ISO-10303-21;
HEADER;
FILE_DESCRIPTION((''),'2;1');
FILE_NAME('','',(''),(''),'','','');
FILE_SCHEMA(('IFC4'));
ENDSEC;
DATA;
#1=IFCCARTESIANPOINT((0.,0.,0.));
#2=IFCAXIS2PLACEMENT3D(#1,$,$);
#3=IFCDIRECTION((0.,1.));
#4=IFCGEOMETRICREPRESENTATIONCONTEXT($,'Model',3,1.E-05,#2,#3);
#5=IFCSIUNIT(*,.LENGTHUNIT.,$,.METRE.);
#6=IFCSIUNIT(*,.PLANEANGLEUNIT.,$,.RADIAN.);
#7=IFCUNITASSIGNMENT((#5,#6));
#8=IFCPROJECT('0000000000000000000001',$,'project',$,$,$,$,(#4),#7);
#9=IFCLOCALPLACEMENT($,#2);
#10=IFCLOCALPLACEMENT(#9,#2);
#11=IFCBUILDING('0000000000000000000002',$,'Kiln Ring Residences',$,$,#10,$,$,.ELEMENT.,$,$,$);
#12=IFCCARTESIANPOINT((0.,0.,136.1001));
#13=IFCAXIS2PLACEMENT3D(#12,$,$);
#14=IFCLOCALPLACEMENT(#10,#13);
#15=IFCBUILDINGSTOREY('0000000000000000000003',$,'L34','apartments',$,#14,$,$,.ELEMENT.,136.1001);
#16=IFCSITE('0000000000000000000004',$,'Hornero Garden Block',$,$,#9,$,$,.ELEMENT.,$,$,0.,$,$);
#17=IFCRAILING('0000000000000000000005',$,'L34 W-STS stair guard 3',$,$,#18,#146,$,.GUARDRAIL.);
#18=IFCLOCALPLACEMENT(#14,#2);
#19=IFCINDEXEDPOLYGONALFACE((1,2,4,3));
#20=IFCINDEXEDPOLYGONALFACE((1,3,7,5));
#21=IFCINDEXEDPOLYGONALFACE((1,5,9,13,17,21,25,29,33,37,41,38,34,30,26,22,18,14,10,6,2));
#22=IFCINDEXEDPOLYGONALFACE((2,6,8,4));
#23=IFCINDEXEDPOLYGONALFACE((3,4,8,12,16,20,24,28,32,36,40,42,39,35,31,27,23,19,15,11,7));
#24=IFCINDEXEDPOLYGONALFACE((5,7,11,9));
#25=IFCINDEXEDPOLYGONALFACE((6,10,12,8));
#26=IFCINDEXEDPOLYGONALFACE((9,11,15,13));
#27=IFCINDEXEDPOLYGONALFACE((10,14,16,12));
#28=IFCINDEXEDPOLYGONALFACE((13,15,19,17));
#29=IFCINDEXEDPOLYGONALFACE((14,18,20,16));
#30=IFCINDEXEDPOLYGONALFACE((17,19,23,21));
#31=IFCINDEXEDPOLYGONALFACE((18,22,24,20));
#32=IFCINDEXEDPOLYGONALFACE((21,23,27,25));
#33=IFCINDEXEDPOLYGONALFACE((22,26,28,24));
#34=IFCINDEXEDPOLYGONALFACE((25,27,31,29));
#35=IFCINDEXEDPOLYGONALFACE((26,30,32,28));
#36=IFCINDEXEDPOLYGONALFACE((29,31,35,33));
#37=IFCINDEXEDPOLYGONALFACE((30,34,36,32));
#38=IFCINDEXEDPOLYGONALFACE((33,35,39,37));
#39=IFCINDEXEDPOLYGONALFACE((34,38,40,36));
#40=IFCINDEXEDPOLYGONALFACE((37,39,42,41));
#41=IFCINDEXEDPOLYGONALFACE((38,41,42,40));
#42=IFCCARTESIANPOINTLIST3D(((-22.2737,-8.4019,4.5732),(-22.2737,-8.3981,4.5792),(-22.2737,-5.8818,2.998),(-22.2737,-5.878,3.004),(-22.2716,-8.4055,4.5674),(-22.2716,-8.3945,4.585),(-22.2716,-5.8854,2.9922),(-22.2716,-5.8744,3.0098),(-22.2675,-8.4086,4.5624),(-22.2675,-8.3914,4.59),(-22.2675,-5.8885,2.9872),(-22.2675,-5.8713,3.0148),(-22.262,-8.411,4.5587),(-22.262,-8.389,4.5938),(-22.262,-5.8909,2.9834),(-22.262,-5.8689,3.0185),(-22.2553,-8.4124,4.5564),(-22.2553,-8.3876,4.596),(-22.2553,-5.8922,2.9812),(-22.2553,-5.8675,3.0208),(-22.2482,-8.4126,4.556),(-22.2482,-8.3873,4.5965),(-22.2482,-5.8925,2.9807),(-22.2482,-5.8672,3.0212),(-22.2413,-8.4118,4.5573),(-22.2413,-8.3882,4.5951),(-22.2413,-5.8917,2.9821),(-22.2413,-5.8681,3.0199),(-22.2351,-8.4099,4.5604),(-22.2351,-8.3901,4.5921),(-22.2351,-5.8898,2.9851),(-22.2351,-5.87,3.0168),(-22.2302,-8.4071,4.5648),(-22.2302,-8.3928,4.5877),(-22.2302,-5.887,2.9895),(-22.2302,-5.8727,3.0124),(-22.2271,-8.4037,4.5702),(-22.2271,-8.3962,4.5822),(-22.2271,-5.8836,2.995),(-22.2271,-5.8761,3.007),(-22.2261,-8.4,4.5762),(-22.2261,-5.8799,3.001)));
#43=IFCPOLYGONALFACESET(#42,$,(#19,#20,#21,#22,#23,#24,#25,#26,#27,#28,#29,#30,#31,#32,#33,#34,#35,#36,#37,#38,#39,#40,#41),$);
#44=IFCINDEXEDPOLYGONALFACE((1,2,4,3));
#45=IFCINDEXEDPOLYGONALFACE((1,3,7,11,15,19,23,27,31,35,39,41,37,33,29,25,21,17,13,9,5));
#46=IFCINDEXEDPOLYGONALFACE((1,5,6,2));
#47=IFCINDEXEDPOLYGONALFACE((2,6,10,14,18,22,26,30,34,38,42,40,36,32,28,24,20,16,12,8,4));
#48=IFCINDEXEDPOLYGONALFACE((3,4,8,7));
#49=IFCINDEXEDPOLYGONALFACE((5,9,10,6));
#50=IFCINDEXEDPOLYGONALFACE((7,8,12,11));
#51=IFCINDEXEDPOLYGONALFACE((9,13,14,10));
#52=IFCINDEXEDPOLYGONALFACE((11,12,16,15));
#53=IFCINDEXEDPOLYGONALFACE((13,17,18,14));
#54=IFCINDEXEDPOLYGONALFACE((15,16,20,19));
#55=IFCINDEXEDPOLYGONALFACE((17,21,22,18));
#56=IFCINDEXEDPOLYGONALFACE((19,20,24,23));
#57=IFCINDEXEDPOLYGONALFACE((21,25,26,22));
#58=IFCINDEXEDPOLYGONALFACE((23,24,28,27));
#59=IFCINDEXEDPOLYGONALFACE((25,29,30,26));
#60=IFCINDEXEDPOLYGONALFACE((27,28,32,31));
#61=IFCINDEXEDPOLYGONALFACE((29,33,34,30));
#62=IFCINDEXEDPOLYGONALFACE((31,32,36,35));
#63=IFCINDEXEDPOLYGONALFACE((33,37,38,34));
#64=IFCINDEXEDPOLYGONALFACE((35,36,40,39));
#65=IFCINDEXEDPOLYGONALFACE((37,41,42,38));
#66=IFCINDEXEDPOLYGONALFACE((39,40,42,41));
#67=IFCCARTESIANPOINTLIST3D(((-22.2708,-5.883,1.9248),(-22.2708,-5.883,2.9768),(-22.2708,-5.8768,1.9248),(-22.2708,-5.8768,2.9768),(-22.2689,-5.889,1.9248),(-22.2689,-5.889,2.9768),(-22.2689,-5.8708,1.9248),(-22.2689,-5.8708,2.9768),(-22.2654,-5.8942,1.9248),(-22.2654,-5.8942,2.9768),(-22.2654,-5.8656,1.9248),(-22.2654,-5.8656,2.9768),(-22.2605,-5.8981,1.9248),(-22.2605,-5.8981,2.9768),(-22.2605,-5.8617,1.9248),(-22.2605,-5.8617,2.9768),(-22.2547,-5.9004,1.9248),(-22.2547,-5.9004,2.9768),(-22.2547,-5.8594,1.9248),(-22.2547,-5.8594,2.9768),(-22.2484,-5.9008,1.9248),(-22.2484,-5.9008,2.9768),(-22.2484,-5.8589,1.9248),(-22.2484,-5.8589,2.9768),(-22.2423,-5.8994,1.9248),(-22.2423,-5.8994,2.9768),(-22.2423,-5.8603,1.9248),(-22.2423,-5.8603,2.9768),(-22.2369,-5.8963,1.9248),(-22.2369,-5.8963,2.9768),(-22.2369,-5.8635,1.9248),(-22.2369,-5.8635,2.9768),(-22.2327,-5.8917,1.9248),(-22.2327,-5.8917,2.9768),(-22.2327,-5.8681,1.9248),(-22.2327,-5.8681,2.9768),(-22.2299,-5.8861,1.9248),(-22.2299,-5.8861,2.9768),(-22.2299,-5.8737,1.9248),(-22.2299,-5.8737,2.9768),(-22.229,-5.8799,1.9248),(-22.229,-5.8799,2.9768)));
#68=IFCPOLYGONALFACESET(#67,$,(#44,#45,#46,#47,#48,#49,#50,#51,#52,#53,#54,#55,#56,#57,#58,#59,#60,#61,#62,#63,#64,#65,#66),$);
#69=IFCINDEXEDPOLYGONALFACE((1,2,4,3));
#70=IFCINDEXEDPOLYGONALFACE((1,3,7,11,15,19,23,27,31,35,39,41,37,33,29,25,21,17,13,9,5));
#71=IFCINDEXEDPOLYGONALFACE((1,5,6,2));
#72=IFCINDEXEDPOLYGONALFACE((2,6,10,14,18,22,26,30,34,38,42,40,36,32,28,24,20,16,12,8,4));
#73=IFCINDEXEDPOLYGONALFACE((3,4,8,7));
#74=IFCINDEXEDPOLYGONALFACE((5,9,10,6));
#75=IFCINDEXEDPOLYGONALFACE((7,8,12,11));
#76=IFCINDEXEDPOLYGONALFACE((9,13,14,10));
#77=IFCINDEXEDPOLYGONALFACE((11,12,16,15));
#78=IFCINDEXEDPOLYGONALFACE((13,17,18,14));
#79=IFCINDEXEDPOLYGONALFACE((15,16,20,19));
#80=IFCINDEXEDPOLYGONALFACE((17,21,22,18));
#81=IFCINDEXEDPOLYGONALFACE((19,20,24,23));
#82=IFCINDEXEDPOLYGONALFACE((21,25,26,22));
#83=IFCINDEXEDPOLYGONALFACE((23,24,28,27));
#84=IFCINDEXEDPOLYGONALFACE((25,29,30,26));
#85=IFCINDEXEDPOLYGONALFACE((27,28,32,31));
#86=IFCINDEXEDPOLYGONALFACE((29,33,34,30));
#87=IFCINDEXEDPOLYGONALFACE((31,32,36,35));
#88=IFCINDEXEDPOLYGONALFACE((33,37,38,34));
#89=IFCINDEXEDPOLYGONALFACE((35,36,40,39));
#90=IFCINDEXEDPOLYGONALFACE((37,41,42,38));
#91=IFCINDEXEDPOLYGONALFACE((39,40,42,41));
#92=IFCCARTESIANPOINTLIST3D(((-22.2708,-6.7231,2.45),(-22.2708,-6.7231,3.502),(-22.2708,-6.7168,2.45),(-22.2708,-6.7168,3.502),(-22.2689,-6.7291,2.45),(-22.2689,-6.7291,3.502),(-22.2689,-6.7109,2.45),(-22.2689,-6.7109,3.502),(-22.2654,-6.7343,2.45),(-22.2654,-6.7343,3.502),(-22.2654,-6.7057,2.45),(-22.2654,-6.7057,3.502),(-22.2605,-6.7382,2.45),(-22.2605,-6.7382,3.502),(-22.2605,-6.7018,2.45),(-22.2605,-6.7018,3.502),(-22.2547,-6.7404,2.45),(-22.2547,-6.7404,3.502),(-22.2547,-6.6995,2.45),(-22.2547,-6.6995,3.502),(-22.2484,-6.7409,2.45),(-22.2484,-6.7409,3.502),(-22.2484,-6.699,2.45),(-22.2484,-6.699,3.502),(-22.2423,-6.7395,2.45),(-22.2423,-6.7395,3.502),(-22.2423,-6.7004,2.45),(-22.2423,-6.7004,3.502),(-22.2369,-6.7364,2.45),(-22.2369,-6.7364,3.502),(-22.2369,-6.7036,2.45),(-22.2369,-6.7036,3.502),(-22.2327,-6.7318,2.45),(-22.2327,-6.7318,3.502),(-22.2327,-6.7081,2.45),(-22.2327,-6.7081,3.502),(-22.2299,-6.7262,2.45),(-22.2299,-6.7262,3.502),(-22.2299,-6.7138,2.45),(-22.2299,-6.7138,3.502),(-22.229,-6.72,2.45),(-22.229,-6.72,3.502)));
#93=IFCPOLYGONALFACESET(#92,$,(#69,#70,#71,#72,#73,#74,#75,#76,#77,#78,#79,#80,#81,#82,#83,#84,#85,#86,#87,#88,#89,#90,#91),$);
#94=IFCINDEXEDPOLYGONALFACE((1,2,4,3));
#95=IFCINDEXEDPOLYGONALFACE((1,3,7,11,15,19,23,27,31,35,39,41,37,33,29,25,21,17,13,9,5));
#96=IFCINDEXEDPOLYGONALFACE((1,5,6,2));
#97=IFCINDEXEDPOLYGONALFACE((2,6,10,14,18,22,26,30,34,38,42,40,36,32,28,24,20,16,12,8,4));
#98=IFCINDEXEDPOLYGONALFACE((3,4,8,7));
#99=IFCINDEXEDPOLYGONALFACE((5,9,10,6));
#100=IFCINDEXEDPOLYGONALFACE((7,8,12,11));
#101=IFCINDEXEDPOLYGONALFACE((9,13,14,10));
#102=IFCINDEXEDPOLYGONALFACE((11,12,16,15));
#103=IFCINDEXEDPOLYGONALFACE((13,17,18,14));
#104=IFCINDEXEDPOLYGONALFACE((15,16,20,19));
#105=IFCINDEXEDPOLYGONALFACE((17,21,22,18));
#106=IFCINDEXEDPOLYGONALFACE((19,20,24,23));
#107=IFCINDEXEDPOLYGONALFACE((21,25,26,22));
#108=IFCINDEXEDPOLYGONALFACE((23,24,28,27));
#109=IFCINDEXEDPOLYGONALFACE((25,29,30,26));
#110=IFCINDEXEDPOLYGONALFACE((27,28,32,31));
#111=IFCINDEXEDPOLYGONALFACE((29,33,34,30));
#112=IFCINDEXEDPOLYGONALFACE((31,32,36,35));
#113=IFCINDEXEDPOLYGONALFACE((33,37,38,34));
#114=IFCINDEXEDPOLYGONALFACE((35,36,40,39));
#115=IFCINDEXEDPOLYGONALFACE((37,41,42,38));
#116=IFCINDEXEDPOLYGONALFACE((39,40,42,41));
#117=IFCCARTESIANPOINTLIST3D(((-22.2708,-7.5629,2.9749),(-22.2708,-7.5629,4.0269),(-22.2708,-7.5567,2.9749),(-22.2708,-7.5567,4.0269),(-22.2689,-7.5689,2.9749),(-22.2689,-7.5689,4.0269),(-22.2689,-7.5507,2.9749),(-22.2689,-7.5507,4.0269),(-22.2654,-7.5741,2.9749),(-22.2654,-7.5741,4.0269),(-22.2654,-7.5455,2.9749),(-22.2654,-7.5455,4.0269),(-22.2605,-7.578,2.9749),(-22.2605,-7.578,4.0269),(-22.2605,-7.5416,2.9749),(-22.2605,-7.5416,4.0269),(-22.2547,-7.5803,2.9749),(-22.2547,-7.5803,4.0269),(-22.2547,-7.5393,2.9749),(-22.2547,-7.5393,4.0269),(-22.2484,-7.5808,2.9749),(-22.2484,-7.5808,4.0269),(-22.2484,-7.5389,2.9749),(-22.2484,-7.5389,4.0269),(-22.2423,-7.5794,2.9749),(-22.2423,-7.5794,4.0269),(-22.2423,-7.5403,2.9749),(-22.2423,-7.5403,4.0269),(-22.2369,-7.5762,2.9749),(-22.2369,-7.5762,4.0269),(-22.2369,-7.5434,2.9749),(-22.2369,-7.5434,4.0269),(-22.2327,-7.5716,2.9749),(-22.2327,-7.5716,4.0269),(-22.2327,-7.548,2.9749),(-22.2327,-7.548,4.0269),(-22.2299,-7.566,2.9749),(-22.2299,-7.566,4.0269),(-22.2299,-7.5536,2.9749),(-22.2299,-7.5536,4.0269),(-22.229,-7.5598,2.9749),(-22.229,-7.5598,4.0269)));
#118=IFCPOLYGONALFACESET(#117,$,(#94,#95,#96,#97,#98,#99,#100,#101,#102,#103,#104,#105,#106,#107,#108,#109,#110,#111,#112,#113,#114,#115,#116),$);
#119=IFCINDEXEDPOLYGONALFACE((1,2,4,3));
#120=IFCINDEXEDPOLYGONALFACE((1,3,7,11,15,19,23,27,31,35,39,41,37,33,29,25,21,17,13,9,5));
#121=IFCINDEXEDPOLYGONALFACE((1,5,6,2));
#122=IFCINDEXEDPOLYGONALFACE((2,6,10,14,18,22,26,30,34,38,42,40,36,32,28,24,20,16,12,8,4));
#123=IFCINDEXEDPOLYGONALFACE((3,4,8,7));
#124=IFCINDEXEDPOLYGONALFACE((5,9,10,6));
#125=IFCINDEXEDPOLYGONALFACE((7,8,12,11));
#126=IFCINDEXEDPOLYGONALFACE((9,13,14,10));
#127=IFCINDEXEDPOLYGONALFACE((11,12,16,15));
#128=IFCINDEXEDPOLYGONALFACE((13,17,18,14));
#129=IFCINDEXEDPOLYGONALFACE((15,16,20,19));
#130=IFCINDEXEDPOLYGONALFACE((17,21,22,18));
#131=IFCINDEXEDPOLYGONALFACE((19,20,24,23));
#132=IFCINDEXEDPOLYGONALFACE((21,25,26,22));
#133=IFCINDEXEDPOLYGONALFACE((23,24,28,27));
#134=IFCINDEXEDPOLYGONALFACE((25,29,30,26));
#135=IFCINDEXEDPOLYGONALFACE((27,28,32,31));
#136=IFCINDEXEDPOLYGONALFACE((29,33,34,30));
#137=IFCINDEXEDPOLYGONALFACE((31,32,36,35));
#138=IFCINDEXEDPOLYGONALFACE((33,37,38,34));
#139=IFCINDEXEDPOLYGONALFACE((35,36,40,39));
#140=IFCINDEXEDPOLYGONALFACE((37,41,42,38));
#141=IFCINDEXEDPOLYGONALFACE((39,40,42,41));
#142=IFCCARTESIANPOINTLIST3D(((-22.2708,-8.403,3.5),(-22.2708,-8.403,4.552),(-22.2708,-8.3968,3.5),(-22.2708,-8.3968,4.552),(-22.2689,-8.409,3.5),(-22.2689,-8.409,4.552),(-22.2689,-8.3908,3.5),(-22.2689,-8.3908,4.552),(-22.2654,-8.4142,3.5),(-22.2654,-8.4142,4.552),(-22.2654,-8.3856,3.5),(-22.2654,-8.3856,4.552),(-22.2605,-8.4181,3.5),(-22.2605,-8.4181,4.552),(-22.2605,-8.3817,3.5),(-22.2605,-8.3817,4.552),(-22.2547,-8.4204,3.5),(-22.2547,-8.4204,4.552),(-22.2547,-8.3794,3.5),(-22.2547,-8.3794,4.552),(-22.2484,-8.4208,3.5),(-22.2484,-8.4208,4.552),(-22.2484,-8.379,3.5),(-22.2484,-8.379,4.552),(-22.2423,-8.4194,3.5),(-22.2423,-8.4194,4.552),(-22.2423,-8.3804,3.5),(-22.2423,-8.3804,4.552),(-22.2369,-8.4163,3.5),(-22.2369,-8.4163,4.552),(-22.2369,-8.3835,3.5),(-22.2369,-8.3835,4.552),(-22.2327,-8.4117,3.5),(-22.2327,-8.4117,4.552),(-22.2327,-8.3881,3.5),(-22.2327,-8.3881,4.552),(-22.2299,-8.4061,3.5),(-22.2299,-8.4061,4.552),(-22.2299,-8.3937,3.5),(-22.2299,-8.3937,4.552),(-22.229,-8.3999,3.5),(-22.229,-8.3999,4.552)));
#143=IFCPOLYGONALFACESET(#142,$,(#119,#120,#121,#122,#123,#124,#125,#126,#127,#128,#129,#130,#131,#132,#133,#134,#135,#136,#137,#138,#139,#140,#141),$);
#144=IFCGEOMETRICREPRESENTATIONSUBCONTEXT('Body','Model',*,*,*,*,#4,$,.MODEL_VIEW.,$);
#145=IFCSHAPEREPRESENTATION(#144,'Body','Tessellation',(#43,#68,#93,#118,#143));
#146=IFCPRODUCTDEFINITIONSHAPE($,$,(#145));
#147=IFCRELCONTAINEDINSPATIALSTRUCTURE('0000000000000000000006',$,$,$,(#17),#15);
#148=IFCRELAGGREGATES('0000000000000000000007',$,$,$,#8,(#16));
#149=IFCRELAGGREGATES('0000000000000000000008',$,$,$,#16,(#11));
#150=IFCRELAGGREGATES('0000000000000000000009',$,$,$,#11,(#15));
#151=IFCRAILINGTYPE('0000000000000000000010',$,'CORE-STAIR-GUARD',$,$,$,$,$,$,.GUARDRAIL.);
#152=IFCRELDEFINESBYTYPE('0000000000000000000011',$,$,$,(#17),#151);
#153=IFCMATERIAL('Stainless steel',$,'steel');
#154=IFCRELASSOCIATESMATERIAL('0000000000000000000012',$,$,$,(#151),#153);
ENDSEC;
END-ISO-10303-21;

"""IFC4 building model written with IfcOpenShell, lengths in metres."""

from ifc_helpers import new_model, si_unit, direction, frame, origin, origin_2d, place, context, subcontext, project, spatial, circle, extrude, material, type_object, element, save


model = new_model("IFC4")

# Units and contexts
model_context = context("Model", 3, precision=1e-05, world=origin(), true_north=direction((0.0, 1.0)))
body_context = subcontext(model_context, "Body", "Model", "MODEL_VIEW")
ifc_project = project(units=[si_unit("LENGTHUNIT", "METRE"), si_unit("PLANEANGLEUNIT", "RADIAN")], contexts=[model_context])

# Site, building, storey
site_placement = place(None, origin())
site = spatial("IfcSite", under=ifc_project, at=site_placement, Name="Hornero Garden Block", CompositionType="ELEMENT", RefElevation=0.0)
building_placement = place(site_placement, origin())
building = spatial("IfcBuilding", under=site, at=building_placement, Name="Kiln Ring Residences", CompositionType="ELEMENT")
storey_placement = place(building_placement, frame((0.0, 0.0, 136.1001)))
storey = spatial("IfcBuildingStorey", under=building, at=storey_placement, Name="L34", Description="apartments", CompositionType="ELEMENT", Elevation=136.1001)

# Railing
ifc_material_1 = material(Name="Stainless steel", Category="steel")
railing_type_1 = type_object("IfcRailingType", Name="CORE-STAIR-GUARD", PredefinedType="GUARDRAIL", material=ifc_material_1)
railing_1_placement = place(storey_placement, frame((-22.25, -5.8799, 1.9248)))
element("IfcRailing", 1, at=railing_1_placement, inside=storey, type_object=railing_type_1, Name="L34 W-STS stair guard 3", PredefinedType="GUARDRAIL", context=body_context, shape_type="SweptSolid", body=[
    extrude(circle(Radius=0.0239, at=origin_2d()), frame((0.0, 0.0, 1.0762), z_axis=(0.0, -0.847971, 0.530043), x_axis=(1.0, 0.0, 0.0)), (0.0, 0.0, 1.0), 2.9719),
    extrude(circle(Radius=0.021, at=origin_2d()), origin(), (0.0, 0.0, 1.0), 1.052),
    extrude(circle(Radius=0.021, at=origin_2d()), frame((0.0, -0.8401, 0.5251)), (0.0, 0.0, 1.0), 1.052),
    extrude(circle(Radius=0.021, at=origin_2d()), frame((0.0, -1.6799, 1.05)), (0.0, 0.0, 1.0), 1.052),
    extrude(circle(Radius=0.021, at=origin_2d()), frame((0.0, -2.52, 1.5752)), (0.0, 0.0, 1.0), 1.052),
])

save(model, "model.ifc")
